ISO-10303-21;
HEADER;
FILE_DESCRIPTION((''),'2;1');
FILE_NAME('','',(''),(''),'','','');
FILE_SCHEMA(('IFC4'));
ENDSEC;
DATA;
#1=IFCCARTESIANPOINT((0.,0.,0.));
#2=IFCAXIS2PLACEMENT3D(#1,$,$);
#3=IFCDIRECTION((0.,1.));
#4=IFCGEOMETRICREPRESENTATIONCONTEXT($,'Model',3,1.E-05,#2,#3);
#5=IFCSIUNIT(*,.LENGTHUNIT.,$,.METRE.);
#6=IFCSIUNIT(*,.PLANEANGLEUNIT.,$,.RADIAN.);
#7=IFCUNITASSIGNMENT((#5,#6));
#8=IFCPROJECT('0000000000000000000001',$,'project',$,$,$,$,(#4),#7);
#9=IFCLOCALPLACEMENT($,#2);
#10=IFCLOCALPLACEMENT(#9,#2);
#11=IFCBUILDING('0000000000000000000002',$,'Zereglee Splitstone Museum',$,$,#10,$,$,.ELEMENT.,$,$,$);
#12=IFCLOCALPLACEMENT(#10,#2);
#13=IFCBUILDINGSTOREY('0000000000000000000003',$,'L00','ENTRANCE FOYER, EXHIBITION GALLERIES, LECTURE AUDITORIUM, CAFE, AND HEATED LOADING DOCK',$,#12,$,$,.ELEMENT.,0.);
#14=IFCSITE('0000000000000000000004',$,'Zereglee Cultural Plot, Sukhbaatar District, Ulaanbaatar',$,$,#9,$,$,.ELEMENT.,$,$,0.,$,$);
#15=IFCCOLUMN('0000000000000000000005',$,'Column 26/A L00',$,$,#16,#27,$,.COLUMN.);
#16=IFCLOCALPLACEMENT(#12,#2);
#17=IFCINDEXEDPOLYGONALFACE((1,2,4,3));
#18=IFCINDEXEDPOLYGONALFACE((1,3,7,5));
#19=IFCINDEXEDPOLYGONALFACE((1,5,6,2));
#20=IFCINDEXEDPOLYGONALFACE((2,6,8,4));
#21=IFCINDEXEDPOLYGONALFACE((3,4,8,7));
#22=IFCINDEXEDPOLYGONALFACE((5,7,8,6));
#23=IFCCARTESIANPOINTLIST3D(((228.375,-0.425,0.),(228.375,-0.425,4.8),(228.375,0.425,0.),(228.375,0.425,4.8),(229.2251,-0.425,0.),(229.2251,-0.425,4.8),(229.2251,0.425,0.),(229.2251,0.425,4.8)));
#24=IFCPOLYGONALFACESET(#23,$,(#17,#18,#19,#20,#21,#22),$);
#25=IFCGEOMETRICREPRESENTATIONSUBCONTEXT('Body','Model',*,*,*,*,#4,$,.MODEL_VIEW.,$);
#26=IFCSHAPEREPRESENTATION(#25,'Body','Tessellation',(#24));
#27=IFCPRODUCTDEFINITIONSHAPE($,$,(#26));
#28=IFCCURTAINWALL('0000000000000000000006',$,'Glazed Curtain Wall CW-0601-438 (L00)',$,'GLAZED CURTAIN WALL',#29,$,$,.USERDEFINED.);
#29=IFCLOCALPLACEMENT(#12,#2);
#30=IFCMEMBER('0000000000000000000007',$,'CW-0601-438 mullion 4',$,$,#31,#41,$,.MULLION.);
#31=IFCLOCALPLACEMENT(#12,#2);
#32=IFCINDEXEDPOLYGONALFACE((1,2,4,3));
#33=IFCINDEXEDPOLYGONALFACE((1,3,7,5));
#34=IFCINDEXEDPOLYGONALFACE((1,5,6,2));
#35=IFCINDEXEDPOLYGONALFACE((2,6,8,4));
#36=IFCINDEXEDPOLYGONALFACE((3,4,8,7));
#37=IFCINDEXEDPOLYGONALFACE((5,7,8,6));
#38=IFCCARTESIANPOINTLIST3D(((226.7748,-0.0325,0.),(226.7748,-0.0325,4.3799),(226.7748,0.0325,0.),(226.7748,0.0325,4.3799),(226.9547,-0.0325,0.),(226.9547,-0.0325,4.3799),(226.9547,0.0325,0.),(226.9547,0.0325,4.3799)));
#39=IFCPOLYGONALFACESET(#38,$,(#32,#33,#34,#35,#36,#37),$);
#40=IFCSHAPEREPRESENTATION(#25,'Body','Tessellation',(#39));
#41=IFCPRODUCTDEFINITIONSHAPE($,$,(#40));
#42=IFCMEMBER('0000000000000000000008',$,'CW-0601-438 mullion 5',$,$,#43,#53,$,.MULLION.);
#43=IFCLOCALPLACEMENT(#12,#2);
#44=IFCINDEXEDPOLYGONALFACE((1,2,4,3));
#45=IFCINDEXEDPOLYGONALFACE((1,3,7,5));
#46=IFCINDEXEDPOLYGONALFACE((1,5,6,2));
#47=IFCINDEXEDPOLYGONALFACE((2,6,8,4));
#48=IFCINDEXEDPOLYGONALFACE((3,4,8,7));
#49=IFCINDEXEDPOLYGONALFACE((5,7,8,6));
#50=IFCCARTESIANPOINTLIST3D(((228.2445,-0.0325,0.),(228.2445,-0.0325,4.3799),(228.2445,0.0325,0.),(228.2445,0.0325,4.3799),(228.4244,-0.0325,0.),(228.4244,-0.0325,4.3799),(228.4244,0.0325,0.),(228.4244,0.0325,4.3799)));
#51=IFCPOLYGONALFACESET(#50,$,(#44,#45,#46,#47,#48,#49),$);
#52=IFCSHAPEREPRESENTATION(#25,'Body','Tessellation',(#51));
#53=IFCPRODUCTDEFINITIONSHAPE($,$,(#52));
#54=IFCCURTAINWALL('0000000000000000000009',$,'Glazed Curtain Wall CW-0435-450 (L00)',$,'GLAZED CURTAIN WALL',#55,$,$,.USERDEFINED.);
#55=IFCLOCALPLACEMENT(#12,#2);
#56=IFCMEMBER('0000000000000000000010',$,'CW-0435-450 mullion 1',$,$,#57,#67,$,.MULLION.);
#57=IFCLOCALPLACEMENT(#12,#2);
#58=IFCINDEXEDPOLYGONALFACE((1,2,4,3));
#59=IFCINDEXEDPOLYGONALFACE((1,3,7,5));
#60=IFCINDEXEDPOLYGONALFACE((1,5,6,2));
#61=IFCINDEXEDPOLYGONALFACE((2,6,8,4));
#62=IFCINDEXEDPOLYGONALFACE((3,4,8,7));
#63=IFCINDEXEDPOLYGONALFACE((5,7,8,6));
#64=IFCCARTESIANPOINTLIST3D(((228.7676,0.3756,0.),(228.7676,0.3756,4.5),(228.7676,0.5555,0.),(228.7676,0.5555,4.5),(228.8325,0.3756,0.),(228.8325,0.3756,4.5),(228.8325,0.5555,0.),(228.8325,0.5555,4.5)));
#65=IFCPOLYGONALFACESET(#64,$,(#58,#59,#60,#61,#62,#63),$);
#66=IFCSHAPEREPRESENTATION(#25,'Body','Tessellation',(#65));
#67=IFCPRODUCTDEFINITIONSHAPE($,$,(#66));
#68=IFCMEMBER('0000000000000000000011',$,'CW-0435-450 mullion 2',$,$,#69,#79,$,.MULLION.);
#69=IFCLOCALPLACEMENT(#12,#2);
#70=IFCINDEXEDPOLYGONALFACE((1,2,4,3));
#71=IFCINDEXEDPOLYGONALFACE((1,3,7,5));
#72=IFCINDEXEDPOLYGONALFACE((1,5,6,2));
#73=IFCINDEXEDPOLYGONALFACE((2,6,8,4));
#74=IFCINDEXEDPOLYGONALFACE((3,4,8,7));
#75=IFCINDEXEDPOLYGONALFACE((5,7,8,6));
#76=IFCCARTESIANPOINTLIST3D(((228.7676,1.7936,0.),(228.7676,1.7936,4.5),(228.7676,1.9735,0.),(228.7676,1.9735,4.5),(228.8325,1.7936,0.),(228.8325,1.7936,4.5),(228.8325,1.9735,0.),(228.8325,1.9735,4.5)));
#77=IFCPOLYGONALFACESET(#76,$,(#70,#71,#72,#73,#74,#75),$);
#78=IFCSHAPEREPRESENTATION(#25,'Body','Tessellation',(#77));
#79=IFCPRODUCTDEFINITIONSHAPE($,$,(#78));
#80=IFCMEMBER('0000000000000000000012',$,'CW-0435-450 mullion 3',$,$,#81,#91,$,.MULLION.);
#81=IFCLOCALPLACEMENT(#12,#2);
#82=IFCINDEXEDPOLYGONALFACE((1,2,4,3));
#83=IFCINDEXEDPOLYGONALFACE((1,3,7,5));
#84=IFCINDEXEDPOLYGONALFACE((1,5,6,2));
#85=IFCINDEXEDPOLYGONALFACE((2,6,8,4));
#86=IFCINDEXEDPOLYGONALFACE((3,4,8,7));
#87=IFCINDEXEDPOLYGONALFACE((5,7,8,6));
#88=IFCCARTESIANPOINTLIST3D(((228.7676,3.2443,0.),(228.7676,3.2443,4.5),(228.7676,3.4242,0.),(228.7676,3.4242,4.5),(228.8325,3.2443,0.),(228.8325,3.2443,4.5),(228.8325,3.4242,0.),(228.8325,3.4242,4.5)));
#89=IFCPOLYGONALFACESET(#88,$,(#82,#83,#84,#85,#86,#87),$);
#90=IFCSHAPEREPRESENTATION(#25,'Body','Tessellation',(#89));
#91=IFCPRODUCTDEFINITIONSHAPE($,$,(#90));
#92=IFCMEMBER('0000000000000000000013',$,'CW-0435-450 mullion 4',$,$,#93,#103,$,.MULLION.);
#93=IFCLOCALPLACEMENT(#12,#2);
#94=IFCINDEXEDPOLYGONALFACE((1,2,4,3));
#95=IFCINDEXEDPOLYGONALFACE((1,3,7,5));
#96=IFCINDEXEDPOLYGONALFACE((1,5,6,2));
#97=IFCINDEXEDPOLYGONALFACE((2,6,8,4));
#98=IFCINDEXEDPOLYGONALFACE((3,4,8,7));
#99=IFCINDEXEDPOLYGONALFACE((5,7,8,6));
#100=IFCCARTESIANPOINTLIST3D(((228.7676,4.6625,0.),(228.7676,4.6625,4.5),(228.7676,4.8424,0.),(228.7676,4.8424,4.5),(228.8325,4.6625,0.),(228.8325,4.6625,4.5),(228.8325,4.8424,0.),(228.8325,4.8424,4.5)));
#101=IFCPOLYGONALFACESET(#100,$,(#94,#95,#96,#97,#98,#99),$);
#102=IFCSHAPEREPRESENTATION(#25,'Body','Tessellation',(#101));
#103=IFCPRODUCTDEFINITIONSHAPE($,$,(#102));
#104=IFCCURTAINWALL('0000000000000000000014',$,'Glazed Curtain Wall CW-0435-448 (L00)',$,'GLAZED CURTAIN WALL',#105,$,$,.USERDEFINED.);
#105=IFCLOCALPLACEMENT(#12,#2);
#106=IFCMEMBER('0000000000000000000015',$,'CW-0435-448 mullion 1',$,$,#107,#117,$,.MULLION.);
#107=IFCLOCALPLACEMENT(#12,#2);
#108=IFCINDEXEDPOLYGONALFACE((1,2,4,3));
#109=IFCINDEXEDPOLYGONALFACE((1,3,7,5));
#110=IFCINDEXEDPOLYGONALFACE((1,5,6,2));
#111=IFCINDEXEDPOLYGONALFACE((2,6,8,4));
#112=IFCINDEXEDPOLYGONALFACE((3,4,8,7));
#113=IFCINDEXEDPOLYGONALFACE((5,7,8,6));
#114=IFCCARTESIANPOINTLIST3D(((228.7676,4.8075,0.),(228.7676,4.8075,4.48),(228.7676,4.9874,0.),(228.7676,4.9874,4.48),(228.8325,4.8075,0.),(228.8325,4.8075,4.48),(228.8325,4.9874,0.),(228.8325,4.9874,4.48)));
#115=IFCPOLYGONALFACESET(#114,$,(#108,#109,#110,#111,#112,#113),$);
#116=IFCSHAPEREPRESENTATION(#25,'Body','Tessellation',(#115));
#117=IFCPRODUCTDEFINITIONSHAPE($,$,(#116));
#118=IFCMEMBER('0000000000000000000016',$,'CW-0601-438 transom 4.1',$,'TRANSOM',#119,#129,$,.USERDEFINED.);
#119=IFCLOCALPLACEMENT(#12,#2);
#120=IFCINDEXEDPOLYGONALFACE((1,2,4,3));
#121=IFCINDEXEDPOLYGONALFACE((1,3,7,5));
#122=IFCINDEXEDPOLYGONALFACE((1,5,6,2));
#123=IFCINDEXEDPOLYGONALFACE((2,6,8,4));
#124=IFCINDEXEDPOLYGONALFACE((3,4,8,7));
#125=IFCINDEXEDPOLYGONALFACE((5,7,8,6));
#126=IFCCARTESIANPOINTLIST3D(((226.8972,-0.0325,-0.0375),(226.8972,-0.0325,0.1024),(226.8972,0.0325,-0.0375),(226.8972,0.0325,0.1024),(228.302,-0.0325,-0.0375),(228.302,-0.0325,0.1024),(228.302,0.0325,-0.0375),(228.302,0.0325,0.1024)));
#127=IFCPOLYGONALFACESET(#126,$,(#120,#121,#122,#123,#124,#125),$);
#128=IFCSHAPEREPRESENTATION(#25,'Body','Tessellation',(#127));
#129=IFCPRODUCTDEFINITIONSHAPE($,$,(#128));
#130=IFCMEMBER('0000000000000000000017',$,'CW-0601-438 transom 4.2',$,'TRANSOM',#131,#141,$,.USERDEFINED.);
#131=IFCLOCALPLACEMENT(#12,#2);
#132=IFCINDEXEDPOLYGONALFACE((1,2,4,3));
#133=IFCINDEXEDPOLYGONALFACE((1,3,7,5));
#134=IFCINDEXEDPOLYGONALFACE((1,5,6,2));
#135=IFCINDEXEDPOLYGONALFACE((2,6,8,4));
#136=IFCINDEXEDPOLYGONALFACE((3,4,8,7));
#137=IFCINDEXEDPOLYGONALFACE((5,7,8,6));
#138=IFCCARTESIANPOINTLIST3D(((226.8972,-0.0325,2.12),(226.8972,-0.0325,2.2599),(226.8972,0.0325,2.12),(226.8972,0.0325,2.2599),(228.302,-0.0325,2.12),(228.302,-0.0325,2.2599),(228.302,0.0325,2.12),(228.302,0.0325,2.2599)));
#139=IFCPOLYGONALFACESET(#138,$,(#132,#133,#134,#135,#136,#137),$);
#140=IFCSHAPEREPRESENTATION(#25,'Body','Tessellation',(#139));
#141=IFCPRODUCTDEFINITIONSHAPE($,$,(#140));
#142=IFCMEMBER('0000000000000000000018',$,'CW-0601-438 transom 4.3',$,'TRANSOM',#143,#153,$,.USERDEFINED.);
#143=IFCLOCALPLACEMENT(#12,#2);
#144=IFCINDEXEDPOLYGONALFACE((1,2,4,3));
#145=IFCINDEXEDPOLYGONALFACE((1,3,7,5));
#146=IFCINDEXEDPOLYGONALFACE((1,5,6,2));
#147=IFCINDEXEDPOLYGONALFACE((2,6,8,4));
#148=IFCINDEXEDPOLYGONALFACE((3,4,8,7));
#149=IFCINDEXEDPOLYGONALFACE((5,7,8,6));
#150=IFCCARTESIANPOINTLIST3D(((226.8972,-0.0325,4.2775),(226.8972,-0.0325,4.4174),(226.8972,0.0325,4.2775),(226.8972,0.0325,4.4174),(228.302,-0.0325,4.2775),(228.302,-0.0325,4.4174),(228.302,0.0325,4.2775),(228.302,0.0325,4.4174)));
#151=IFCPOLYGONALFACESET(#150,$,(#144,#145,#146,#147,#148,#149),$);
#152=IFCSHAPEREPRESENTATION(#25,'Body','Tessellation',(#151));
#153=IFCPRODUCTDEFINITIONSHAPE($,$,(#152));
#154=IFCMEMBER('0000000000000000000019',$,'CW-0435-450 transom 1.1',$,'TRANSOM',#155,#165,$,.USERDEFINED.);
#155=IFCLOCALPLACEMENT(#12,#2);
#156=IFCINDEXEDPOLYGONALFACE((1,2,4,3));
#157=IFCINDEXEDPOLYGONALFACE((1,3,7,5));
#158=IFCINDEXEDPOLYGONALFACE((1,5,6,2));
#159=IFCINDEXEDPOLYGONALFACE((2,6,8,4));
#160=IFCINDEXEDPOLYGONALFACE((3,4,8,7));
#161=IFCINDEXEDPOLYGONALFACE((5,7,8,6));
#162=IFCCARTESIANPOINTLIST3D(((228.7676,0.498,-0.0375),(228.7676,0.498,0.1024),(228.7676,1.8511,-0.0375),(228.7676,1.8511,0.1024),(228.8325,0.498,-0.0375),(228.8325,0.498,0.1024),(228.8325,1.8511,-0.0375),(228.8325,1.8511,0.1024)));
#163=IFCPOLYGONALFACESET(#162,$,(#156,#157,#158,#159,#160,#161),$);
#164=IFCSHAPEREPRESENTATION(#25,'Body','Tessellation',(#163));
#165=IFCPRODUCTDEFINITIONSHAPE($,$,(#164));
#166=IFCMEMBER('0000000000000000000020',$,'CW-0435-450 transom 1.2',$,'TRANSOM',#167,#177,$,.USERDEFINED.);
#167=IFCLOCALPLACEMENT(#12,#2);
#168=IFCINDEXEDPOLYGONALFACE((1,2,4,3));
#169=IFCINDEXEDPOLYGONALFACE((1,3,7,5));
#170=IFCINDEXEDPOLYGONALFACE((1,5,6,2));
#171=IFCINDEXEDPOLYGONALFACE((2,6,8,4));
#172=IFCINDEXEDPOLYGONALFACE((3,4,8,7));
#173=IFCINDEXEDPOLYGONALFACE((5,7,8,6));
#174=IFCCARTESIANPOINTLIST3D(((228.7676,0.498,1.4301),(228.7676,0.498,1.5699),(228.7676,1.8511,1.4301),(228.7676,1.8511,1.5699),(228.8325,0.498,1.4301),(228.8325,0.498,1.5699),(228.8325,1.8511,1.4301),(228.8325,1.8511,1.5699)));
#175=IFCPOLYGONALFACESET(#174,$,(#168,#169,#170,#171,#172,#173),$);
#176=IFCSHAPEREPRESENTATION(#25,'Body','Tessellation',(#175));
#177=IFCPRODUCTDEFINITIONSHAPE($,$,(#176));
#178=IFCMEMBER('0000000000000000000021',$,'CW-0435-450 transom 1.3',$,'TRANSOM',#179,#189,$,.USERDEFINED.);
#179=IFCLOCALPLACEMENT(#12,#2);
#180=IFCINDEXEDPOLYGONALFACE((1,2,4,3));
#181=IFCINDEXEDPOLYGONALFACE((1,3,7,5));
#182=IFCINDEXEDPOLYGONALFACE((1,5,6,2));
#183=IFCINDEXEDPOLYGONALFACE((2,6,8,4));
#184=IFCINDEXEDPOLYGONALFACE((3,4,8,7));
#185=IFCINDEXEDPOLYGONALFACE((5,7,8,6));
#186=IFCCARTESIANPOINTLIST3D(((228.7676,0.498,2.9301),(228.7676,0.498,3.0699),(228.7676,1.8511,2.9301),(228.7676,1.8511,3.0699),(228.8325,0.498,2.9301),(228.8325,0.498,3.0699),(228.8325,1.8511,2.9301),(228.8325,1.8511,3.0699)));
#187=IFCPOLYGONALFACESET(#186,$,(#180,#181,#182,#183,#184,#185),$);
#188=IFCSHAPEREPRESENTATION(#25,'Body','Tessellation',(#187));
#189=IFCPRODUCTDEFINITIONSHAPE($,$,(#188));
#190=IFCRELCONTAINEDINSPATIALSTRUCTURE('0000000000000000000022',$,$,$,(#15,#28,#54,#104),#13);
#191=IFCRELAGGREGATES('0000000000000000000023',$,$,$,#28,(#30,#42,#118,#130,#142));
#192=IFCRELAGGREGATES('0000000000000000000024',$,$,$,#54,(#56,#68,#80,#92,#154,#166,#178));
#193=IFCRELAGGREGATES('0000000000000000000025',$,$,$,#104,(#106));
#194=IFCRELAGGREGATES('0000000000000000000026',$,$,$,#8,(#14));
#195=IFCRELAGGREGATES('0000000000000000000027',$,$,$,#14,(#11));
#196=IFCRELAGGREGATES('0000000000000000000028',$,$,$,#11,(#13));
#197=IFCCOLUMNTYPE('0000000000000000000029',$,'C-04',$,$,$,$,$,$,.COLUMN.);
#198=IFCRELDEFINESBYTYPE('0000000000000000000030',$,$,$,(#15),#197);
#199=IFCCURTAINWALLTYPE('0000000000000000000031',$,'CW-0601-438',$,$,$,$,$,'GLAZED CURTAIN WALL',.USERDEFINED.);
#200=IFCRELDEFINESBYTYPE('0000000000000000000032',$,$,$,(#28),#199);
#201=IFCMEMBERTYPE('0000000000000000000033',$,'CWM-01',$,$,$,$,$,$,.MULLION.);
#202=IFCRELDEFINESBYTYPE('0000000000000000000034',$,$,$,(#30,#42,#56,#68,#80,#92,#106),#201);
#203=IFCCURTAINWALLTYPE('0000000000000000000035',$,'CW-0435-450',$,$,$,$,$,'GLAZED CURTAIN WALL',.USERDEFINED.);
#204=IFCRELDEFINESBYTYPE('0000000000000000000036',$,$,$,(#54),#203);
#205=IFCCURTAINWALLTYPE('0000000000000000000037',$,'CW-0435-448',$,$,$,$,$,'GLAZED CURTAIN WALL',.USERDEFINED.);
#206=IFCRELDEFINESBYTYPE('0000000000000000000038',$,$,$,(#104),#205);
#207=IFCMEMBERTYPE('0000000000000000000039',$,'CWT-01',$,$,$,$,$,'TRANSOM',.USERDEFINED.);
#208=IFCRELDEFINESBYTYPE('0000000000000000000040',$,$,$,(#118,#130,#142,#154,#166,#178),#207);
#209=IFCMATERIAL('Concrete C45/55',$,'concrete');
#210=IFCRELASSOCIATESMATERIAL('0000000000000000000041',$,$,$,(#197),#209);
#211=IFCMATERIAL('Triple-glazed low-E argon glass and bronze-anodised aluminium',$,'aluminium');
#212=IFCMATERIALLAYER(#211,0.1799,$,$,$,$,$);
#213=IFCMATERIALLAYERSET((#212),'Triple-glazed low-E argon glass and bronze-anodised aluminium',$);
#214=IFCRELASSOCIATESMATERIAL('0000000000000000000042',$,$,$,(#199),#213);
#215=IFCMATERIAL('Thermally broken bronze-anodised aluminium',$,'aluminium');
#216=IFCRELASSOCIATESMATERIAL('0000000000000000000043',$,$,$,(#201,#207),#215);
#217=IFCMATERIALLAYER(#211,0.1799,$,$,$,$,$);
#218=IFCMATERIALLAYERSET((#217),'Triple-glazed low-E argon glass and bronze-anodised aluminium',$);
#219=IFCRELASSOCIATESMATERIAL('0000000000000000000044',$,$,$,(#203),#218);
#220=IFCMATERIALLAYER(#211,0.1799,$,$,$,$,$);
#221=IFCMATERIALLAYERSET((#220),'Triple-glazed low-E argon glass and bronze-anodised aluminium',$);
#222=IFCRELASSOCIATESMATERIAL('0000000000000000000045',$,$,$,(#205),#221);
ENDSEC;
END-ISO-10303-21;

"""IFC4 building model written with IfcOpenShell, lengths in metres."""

from ifc_helpers import new_model, si_unit, direction, frame, origin, origin_2d, place, context, subcontext, project, spatial, rectangle, extrude, material, layer, layer_set, material_profile, profile_set, type_object, element, aggregate, save


model = new_model("IFC4")

# Units and contexts
model_context = context("Model", 3, precision=1e-05, world=origin(), true_north=direction((0.0, 1.0)))
body_context = subcontext(model_context, "Body", "Model", "MODEL_VIEW")
ifc_project = project(units=[si_unit("LENGTHUNIT", "METRE"), si_unit("PLANEANGLEUNIT", "RADIAN")], contexts=[model_context])

# Site, building, storey
site_placement = place(None, origin())
site = spatial("IfcSite", under=ifc_project, at=site_placement, Name="Zereglee Cultural Plot, Sukhbaatar District, Ulaanbaatar", CompositionType="ELEMENT", RefElevation=0.0)
building_placement = place(site_placement, origin())
building = spatial("IfcBuilding", under=site, at=building_placement, Name="Zereglee Splitstone Museum", CompositionType="ELEMENT")
storey_placement = place(building_placement, origin())
storey = spatial("IfcBuildingStorey", under=building, at=storey_placement, Name="L00", Description="ENTRANCE FOYER, EXHIBITION GALLERIES, LECTURE AUDITORIUM, CAFE, AND HEATED LOADING DOCK", CompositionType="ELEMENT", Elevation=0.0)

# Column
ifc_material_1 = material(Name="Concrete C45/55", Category="concrete")
ifc_material_profile_1 = material_profile(ifc_material_1, rectangle(XDim=0.8501, YDim=0.8501, at=origin_2d()), Name="RC 850x850")
ifc_profile_set_1 = profile_set([ifc_material_profile_1], Name="Concrete C45/55")
column_type = type_object("IfcColumnType", Name="C-04", PredefinedType="COLUMN", material=ifc_profile_set_1)
column_placement = place(storey_placement, frame((228.8, 0.0, 0.0), z_axis=(0.0, 0.0, 1.0), x_axis=(1.0, 0.0, 0.0)))
element("IfcColumn", 1, at=column_placement, inside=storey, type_object=column_type, Name="Column 26/A L00", PredefinedType="COLUMN", context=body_context, shape_type="SweptSolid", body=[
    extrude(rectangle(XDim=0.8501, YDim=0.8501, at=origin_2d()), origin(), (0.0, 0.0, 1.0), 4.8),
])

# Curtain walls, members
ifc_material_2 = material(Name="Triple-glazed low-E argon glass and bronze-anodised aluminium", Category="aluminium")
ifc_layer_1 = layer(ifc_material_2, 0.1799)
ifc_layer_set_1 = layer_set([ifc_layer_1], Name="Triple-glazed low-E argon glass and bronze-anodised aluminium")
curtain_wall_type_1 = type_object("IfcCurtainWallType", Name="CW-0601-438", ElementType="GLAZED CURTAIN WALL", PredefinedType="USERDEFINED", material=ifc_layer_set_1)
curtain_wall_1_placement = place(storey_placement, origin())
curtain_wall_1 = element("IfcCurtainWall", 2, at=curtain_wall_1_placement, inside=storey, type_object=curtain_wall_type_1, Name="Glazed Curtain Wall CW-0601-438 (L00)", ObjectType="GLAZED CURTAIN WALL", PredefinedType="USERDEFINED")
ifc_material_3 = material(Name="Thermally broken bronze-anodised aluminium", Category="aluminium")
ifc_material_profile_2 = material_profile(ifc_material_3, rectangle(XDim=0.0649, YDim=0.1799, at=origin_2d()), Name="CW MULL 65x180")
ifc_profile_set_2 = profile_set([ifc_material_profile_2], Name="Thermally broken bronze-anodised aluminium")
member_type_1 = type_object("IfcMemberType", Name="CWM-01", PredefinedType="MULLION", material=ifc_profile_set_2)
member_1_placement = place(storey_placement, frame((226.8647, 0.0, 0.0), z_axis=(0.0, 0.0, 1.0), x_axis=(0.0, 1.0, 0.0)))
member_1 = element("IfcMember", 3, at=member_1_placement, type_object=member_type_1, Name="CW-0601-438 mullion 4", PredefinedType="MULLION", context=body_context, shape_type="SweptSolid", body=[
    extrude(rectangle(XDim=0.0649, YDim=0.1799, at=origin_2d()), origin(), (0.0, 0.0, 1.0), 4.3799),
])
member_2_placement = place(storey_placement, frame((228.3345, 0.0, 0.0), z_axis=(0.0, 0.0, 1.0), x_axis=(0.0, 1.0, 0.0)))
member_2 = element("IfcMember", 4, at=member_2_placement, type_object=member_type_1, Name="CW-0601-438 mullion 5", PredefinedType="MULLION", context=body_context, shape_type="SweptSolid", body=[
    extrude(rectangle(XDim=0.0649, YDim=0.1799, at=origin_2d()), origin(), (0.0, 0.0, 1.0), 4.3799),
])
ifc_layer_2 = layer(ifc_material_2, 0.1799)
ifc_layer_set_2 = layer_set([ifc_layer_2], Name="Triple-glazed low-E argon glass and bronze-anodised aluminium")
curtain_wall_type_2 = type_object("IfcCurtainWallType", Name="CW-0435-450", ElementType="GLAZED CURTAIN WALL", PredefinedType="USERDEFINED", material=ifc_layer_set_2)
curtain_wall_2_placement = place(storey_placement, origin())
curtain_wall_2 = element("IfcCurtainWall", 5, at=curtain_wall_2_placement, inside=storey, type_object=curtain_wall_type_2, Name="Glazed Curtain Wall CW-0435-450 (L00)", ObjectType="GLAZED CURTAIN WALL", PredefinedType="USERDEFINED")
member_3_placement = place(storey_placement, frame((228.8, 0.4656, 0.0), z_axis=(0.0, 0.0, 1.0), x_axis=(-1.0, 0.0, 0.0)))
member_3 = element("IfcMember", 6, at=member_3_placement, type_object=member_type_1, Name="CW-0435-450 mullion 1", PredefinedType="MULLION", context=body_context, shape_type="SweptSolid", body=[
    extrude(rectangle(XDim=0.0649, YDim=0.1799, at=origin_2d()), origin(), (0.0, 0.0, 1.0), 4.5),
])
member_4_placement = place(storey_placement, frame((228.8, 1.8835, 0.0), z_axis=(0.0, 0.0, 1.0), x_axis=(-1.0, 0.0, 0.0)))
member_4 = element("IfcMember", 7, at=member_4_placement, type_object=member_type_1, Name="CW-0435-450 mullion 2", PredefinedType="MULLION", context=body_context, shape_type="SweptSolid", body=[
    extrude(rectangle(XDim=0.0649, YDim=0.1799, at=origin_2d()), origin(), (0.0, 0.0, 1.0), 4.5),
])
member_5_placement = place(storey_placement, frame((228.8, 3.3342, 0.0), z_axis=(0.0, 0.0, 1.0), x_axis=(-1.0, 0.0, 0.0)))
member_5 = element("IfcMember", 8, at=member_5_placement, type_object=member_type_1, Name="CW-0435-450 mullion 3", PredefinedType="MULLION", context=body_context, shape_type="SweptSolid", body=[
    extrude(rectangle(XDim=0.0649, YDim=0.1799, at=origin_2d()), origin(), (0.0, 0.0, 1.0), 4.5),
])
member_6_placement = place(storey_placement, frame((228.8, 4.7524, 0.0), z_axis=(0.0, 0.0, 1.0), x_axis=(-1.0, 0.0, 0.0)))
member_6 = element("IfcMember", 9, at=member_6_placement, type_object=member_type_1, Name="CW-0435-450 mullion 4", PredefinedType="MULLION", context=body_context, shape_type="SweptSolid", body=[
    extrude(rectangle(XDim=0.0649, YDim=0.1799, at=origin_2d()), origin(), (0.0, 0.0, 1.0), 4.5),
])

# Curtain wall, member
ifc_layer_3 = layer(ifc_material_2, 0.1799)
ifc_layer_set_3 = layer_set([ifc_layer_3], Name="Triple-glazed low-E argon glass and bronze-anodised aluminium")
curtain_wall_type_3 = type_object("IfcCurtainWallType", Name="CW-0435-448", ElementType="GLAZED CURTAIN WALL", PredefinedType="USERDEFINED", material=ifc_layer_set_3)
curtain_wall_3_placement = place(storey_placement, origin())
curtain_wall_3 = element("IfcCurtainWall", 10, at=curtain_wall_3_placement, inside=storey, type_object=curtain_wall_type_3, Name="Glazed Curtain Wall CW-0435-448 (L00)", ObjectType="GLAZED CURTAIN WALL", PredefinedType="USERDEFINED")
member_7_placement = place(storey_placement, frame((228.8, 4.8975, 0.0), z_axis=(0.0, 0.0, 1.0), x_axis=(-1.0, 0.0, 0.0)))
member_7 = element("IfcMember", 11, at=member_7_placement, type_object=member_type_1, Name="CW-0435-448 mullion 1", PredefinedType="MULLION", context=body_context, shape_type="SweptSolid", body=[
    extrude(rectangle(XDim=0.0649, YDim=0.1799, at=origin_2d()), origin(), (0.0, 0.0, 1.0), 4.48),
])

# Members
ifc_material_profile_3 = material_profile(ifc_material_3, rectangle(XDim=0.0649, YDim=0.1399, at=origin_2d()), Name="CW TRAN 65x140")
ifc_profile_set_3 = profile_set([ifc_material_profile_3], Name="Thermally broken bronze-anodised aluminium")
member_type_2 = type_object("IfcMemberType", Name="CWT-01", ElementType="TRANSOM", PredefinedType="USERDEFINED", material=ifc_profile_set_3)
member_8_placement = place(storey_placement, frame((226.8972, 0.0, 0.0325), z_axis=(1.0, 0.0, 0.0), x_axis=(0.0, 1.0, 0.0)))
member_8 = element("IfcMember", 12, at=member_8_placement, type_object=member_type_2, Name="CW-0601-438 transom 4.1", ObjectType="TRANSOM", PredefinedType="USERDEFINED", context=body_context, shape_type="SweptSolid", body=[
    extrude(rectangle(XDim=0.0649, YDim=0.1399, at=origin_2d()), origin(), (0.0, 0.0, 1.0), 1.4048),
])
member_9_placement = place(storey_placement, frame((226.8972, 0.0, 2.1899), z_axis=(1.0, 0.0, 0.0), x_axis=(0.0, 1.0, 0.0)))
member_9 = element("IfcMember", 13, at=member_9_placement, type_object=member_type_2, Name="CW-0601-438 transom 4.2", ObjectType="TRANSOM", PredefinedType="USERDEFINED", context=body_context, shape_type="SweptSolid", body=[
    extrude(rectangle(XDim=0.0649, YDim=0.1399, at=origin_2d()), origin(), (0.0, 0.0, 1.0), 1.4048),
])
member_10_placement = place(storey_placement, frame((226.8972, 0.0, 4.3474), z_axis=(1.0, 0.0, 0.0), x_axis=(0.0, 1.0, 0.0)))
member_10 = element("IfcMember", 14, at=member_10_placement, type_object=member_type_2, Name="CW-0601-438 transom 4.3", ObjectType="TRANSOM", PredefinedType="USERDEFINED", context=body_context, shape_type="SweptSolid", body=[
    extrude(rectangle(XDim=0.0649, YDim=0.1399, at=origin_2d()), origin(), (0.0, 0.0, 1.0), 1.4048),
])
member_11_placement = place(storey_placement, frame((228.8, 0.498, 0.0325), z_axis=(0.0, 1.0, 0.0), x_axis=(-1.0, 0.0, 0.0)))
member_11 = element("IfcMember", 15, at=member_11_placement, type_object=member_type_2, Name="CW-0435-450 transom 1.1", ObjectType="TRANSOM", PredefinedType="USERDEFINED", context=body_context, shape_type="SweptSolid", body=[
    extrude(rectangle(XDim=0.0649, YDim=0.1399, at=origin_2d()), origin(), (0.0, 0.0, 1.0), 1.353),
])
member_12_placement = place(storey_placement, frame((228.8, 0.498, 1.5), z_axis=(0.0, 1.0, 0.0), x_axis=(-1.0, 0.0, 0.0)))
member_12 = element("IfcMember", 16, at=member_12_placement, type_object=member_type_2, Name="CW-0435-450 transom 1.2", ObjectType="TRANSOM", PredefinedType="USERDEFINED", context=body_context, shape_type="SweptSolid", body=[
    extrude(rectangle(XDim=0.0649, YDim=0.1399, at=origin_2d()), origin(), (0.0, 0.0, 1.0), 1.353),
])
member_13_placement = place(storey_placement, frame((228.8, 0.498, 3.0), z_axis=(0.0, 1.0, 0.0), x_axis=(-1.0, 0.0, 0.0)))
member_13 = element("IfcMember", 17, at=member_13_placement, type_object=member_type_2, Name="CW-0435-450 transom 1.3", ObjectType="TRANSOM", PredefinedType="USERDEFINED", context=body_context, shape_type="SweptSolid", body=[
    extrude(rectangle(XDim=0.0649, YDim=0.1399, at=origin_2d()), origin(), (0.0, 0.0, 1.0), 1.353),
])

aggregate(curtain_wall_1, [member_1, member_2, member_8, member_9, member_10])
aggregate(curtain_wall_2, [member_3, member_4, member_5, member_6, member_11, member_12, member_13])
aggregate(curtain_wall_3, [member_7])

save(model, "model.ifc")
